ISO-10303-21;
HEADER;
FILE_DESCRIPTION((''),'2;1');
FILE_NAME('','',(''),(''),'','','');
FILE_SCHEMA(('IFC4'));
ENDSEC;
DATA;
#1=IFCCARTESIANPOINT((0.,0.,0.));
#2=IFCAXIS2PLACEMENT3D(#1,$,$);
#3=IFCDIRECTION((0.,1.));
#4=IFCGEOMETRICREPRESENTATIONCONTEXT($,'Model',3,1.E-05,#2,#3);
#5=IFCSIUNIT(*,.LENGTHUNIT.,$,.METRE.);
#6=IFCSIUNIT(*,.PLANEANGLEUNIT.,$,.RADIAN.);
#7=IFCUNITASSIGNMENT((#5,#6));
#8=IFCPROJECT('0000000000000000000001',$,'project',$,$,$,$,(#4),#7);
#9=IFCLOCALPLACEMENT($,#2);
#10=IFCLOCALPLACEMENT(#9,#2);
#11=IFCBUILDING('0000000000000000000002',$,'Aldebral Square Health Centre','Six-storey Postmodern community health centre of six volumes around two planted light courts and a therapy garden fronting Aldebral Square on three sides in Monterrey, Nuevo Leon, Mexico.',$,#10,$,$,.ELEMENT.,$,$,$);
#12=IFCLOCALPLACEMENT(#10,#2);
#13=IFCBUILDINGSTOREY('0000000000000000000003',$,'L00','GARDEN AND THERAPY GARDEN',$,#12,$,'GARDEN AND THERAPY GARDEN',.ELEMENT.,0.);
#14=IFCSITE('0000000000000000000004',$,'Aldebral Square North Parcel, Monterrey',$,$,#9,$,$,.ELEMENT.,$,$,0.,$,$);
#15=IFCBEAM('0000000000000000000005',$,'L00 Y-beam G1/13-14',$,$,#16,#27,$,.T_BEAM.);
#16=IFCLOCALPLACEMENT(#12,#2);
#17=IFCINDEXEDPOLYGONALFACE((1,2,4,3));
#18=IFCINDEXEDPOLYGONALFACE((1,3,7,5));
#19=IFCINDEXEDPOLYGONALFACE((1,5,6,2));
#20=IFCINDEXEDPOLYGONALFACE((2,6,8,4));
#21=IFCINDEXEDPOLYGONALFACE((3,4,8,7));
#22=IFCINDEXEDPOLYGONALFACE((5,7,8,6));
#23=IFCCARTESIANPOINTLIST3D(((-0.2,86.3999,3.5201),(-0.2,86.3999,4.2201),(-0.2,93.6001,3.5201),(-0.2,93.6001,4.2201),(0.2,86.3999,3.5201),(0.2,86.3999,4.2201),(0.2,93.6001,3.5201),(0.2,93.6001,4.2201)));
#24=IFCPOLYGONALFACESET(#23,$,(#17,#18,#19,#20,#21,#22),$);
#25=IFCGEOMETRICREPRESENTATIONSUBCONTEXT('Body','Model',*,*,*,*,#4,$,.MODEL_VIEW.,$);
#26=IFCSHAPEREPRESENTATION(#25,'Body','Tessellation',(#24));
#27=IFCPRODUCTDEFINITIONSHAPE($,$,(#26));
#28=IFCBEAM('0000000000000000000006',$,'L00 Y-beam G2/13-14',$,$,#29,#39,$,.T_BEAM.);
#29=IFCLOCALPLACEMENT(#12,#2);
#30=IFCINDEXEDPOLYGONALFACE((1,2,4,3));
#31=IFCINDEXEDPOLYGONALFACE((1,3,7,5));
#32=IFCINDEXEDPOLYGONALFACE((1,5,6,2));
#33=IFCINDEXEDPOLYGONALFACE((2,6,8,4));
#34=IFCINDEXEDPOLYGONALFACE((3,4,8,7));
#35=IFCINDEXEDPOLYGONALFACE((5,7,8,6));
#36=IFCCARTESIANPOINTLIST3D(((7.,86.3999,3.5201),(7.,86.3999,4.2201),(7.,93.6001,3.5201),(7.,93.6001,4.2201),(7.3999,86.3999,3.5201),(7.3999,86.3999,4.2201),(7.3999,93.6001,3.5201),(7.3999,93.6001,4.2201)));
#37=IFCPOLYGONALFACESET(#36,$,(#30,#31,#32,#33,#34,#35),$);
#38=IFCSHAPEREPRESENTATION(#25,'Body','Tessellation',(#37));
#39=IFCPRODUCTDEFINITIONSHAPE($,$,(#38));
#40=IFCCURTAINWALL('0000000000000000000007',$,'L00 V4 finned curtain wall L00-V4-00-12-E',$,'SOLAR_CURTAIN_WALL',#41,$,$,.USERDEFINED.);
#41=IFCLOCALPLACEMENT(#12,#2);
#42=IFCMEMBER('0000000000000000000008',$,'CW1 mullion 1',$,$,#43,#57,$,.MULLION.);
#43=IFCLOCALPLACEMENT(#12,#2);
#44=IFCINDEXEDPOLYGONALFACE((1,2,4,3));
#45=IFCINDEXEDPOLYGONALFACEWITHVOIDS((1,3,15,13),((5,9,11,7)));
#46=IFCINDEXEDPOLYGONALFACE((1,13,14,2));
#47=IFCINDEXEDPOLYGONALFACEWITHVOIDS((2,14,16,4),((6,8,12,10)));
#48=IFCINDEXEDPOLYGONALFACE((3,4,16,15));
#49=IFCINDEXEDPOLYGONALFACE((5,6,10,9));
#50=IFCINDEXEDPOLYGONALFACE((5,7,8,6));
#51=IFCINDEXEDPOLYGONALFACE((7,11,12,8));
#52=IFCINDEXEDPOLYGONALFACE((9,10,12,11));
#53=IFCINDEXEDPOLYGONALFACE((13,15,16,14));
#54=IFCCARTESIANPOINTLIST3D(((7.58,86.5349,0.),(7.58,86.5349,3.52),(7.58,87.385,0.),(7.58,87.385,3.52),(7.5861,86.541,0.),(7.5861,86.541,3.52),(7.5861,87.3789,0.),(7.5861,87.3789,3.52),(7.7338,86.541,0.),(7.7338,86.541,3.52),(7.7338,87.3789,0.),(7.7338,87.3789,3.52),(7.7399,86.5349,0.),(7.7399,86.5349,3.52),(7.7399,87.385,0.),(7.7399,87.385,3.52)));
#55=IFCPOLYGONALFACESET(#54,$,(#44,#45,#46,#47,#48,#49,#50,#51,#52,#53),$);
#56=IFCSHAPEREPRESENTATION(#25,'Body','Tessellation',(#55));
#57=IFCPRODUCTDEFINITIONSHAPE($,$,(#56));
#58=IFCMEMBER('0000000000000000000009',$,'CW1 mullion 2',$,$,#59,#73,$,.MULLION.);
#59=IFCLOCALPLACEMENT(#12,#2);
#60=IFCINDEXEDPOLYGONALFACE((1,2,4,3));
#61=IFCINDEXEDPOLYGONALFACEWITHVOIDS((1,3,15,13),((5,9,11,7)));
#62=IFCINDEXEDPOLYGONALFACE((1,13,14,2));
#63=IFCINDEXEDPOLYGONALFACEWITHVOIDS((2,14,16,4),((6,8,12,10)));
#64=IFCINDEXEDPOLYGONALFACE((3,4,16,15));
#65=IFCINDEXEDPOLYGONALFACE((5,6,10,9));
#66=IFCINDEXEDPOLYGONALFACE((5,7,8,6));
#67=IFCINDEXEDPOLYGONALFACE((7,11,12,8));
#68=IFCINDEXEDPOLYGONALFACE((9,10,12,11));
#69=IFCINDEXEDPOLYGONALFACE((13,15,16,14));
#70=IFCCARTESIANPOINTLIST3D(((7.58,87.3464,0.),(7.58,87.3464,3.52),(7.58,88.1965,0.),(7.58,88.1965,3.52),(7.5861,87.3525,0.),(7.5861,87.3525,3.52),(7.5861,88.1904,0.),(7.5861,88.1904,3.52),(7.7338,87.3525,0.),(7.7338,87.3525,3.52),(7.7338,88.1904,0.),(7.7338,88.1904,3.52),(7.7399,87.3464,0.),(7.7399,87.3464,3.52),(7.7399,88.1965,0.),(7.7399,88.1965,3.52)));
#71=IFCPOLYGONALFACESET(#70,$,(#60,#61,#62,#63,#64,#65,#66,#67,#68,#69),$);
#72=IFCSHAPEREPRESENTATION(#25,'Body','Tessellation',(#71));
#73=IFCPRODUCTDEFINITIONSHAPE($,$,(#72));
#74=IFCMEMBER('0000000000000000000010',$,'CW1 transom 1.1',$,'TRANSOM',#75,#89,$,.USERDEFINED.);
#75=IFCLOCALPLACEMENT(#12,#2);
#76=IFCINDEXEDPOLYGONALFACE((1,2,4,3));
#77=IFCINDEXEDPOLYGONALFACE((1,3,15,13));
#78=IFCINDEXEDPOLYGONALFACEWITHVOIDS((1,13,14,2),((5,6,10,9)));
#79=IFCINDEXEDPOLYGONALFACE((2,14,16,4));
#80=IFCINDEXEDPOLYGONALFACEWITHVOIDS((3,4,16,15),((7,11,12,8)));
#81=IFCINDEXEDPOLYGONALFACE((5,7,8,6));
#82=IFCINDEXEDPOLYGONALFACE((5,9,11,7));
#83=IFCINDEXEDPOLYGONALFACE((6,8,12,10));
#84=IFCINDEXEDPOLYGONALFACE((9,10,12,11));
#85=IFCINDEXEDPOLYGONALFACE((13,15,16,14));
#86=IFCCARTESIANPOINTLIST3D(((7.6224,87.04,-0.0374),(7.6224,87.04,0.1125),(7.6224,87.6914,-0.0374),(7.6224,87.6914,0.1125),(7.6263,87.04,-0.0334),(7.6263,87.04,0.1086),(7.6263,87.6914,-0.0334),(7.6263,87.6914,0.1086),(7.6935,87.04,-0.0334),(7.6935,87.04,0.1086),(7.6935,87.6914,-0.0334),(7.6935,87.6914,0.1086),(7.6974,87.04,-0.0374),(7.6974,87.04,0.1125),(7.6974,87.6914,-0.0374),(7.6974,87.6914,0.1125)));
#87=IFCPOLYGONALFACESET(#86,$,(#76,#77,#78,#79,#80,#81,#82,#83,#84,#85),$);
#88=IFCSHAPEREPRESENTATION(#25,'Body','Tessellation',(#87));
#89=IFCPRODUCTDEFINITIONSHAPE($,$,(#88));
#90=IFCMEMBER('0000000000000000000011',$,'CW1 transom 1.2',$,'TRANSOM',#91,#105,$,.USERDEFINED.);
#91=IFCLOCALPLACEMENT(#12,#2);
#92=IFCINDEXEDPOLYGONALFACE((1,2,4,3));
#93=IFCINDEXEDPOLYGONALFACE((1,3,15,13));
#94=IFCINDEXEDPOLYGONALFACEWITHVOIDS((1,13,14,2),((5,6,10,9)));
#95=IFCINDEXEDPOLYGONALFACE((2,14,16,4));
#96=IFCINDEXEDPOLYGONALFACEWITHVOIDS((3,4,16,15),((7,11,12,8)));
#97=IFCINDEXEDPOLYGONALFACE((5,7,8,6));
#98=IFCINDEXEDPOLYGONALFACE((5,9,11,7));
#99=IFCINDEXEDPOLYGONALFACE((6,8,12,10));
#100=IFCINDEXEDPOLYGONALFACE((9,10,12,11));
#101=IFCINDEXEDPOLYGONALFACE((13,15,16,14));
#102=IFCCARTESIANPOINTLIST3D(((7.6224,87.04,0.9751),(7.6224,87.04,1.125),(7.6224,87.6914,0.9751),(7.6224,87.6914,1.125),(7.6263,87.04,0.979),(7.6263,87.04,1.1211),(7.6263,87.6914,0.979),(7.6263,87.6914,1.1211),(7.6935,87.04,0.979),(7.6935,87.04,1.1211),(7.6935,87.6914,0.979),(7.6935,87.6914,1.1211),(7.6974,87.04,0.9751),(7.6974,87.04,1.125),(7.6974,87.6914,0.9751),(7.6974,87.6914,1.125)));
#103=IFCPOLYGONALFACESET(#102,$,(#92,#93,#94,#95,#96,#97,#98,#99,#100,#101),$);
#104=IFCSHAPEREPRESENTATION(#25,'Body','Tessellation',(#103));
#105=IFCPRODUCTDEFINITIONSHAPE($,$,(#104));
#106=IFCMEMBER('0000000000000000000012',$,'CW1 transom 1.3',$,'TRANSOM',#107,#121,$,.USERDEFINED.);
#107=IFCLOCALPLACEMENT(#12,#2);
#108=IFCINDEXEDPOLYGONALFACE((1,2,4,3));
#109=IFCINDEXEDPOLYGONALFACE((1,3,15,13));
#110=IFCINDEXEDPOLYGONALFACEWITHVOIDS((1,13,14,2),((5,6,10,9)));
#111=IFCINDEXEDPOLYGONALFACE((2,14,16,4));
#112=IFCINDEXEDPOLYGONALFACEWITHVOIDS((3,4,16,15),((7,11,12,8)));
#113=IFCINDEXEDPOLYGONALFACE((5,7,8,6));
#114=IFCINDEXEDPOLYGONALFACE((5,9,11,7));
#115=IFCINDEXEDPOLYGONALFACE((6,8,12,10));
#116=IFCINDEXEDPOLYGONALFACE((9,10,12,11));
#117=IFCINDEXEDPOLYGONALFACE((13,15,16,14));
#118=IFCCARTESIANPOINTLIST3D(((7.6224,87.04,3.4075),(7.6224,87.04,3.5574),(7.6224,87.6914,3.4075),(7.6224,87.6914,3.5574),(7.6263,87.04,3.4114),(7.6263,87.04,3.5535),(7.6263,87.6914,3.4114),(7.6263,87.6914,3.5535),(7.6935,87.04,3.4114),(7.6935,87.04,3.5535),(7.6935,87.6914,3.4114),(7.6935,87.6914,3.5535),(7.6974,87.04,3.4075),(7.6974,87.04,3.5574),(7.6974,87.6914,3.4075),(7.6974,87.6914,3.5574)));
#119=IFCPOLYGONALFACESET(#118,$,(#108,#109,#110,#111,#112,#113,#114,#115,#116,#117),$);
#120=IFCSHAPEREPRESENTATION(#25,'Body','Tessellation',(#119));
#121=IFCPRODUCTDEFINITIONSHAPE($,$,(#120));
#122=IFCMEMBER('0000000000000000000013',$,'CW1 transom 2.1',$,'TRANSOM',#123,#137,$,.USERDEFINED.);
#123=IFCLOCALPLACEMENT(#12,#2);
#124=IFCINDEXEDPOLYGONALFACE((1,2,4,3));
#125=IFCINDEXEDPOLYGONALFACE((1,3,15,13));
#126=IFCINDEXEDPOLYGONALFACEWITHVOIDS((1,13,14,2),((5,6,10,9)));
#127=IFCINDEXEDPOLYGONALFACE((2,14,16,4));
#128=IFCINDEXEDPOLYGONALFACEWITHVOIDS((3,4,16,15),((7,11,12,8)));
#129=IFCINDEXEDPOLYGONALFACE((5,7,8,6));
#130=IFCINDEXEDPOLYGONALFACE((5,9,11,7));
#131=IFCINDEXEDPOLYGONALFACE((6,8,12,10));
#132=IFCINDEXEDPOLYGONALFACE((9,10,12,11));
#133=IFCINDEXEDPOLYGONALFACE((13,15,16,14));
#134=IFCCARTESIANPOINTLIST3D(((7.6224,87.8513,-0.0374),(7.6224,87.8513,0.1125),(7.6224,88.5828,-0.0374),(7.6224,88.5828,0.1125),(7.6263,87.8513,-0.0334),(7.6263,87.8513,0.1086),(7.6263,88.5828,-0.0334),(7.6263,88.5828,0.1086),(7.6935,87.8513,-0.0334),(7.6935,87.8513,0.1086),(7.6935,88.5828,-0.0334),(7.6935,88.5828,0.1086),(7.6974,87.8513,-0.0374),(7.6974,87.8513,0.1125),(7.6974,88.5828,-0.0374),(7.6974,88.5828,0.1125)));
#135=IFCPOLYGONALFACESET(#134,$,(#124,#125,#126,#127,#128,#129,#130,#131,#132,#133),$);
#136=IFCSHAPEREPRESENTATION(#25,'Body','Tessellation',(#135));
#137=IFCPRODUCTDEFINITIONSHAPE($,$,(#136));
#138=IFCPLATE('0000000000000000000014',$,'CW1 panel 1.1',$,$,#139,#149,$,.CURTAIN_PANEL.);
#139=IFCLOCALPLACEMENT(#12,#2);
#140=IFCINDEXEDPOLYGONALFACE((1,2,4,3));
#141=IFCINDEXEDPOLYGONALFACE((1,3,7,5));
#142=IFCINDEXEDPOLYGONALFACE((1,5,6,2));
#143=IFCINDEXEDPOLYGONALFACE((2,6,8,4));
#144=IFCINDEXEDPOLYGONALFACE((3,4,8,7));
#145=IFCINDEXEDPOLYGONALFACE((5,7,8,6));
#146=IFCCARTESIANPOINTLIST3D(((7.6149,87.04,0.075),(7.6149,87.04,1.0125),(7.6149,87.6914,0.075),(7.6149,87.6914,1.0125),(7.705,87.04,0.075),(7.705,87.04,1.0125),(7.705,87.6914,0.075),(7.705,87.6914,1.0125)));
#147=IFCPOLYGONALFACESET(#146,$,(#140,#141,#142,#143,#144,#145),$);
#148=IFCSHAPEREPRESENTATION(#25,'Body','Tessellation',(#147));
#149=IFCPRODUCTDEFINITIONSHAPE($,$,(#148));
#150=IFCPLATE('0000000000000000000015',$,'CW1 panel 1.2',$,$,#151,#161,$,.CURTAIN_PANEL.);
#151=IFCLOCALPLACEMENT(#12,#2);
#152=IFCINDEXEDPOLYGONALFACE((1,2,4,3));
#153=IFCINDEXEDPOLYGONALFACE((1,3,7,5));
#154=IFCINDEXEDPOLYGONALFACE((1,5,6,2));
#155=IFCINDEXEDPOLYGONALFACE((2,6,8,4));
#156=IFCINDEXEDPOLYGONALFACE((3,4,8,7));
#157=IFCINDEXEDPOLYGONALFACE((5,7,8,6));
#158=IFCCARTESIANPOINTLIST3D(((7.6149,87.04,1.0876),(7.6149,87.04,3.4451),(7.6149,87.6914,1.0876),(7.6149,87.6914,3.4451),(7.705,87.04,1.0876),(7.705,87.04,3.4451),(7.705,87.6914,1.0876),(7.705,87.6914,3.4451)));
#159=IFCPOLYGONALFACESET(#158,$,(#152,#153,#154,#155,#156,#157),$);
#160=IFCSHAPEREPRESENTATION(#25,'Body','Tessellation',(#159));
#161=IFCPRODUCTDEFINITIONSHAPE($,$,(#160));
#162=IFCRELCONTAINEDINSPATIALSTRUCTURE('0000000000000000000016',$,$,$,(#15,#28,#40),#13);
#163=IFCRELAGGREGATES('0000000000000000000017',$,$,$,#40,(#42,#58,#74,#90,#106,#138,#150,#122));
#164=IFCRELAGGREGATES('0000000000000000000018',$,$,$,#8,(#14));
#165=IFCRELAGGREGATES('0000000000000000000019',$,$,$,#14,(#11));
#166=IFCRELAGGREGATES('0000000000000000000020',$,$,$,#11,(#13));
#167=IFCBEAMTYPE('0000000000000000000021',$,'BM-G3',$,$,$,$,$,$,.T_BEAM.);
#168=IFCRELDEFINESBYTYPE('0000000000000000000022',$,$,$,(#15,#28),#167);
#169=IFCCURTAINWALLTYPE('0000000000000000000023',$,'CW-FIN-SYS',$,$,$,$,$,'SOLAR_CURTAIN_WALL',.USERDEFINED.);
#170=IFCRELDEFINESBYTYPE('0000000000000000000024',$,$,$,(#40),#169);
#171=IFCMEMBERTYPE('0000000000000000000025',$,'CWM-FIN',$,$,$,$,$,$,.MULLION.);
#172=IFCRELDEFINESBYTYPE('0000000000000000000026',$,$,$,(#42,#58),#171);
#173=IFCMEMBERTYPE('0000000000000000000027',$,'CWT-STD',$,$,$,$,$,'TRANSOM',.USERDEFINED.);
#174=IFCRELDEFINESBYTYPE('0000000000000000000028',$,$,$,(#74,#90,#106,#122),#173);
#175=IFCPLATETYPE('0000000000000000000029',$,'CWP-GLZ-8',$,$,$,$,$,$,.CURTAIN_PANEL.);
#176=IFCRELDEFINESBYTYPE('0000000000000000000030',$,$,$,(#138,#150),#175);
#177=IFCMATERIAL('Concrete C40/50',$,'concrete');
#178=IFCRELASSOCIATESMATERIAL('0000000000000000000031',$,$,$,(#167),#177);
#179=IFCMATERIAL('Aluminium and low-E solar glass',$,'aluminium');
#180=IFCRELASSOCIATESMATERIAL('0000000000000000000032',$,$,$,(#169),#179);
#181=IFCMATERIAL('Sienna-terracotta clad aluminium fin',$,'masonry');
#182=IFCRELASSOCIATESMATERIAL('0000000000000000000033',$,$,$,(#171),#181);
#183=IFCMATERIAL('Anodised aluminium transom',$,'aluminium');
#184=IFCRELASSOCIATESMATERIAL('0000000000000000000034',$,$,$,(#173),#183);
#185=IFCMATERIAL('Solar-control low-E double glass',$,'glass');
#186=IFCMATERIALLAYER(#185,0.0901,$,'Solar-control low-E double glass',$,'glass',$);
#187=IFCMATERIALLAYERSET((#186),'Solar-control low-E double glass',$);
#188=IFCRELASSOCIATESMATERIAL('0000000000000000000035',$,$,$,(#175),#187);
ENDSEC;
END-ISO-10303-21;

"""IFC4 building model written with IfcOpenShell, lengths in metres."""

from ifc_helpers import new_model, si_unit, direction, frame, origin, origin_2d, place, context, subcontext, project, spatial, rectangle, hollow_rectangle, extrude, material, layer, layer_set, material_profile, profile_set, type_object, element, aggregate, save


model = new_model("IFC4")

# Units and contexts
model_context = context("Model", 3, precision=1e-05, world=origin(), true_north=direction((0.0, 1.0)))
body_context = subcontext(model_context, "Body", "Model", "MODEL_VIEW")
ifc_project = project(units=[si_unit("LENGTHUNIT", "METRE"), si_unit("PLANEANGLEUNIT", "RADIAN")], contexts=[model_context])

# Site, building, storey
site_placement = place(None, origin())
site = spatial("IfcSite", under=ifc_project, at=site_placement, Name="Aldebral Square North Parcel, Monterrey", CompositionType="ELEMENT", RefElevation=0.0)
building_placement = place(site_placement, origin())
building = spatial("IfcBuilding", under=site, at=building_placement, Name="Aldebral Square Health Centre", Description="Six-storey Postmodern community health centre of six volumes around two planted light courts and a therapy garden fronting Aldebral Square on three sides in Monterrey, Nuevo Leon, Mexico.", CompositionType="ELEMENT")
storey_placement = place(building_placement, origin())
storey = spatial("IfcBuildingStorey", under=building, at=storey_placement, Name="L00", Description="GARDEN AND THERAPY GARDEN", LongName="GARDEN AND THERAPY GARDEN", CompositionType="ELEMENT", Elevation=0.0)

# Shared definitions
ifc_material_1 = material(Name="Concrete C40/50", Category="concrete")

# Beams
ifc_material_profile_1 = material_profile(ifc_material_1, rectangle(XDim=0.3999, YDim=0.7, at=origin_2d()), Name="RC 400x700")
ifc_profile_set_1 = profile_set([ifc_material_profile_1], Name="Concrete C40/50")
beam_type_1 = type_object("IfcBeamType", Name="BM-G3", PredefinedType="T_BEAM", material=ifc_profile_set_1)
for number, where, z_axis, x_axis, name in (
    (1, (0.0, 86.3999, 3.8701), (0.0, 1.0, 0.0), (-1.0, 0.0, 0.0), "L00 Y-beam G1/13-14"),
    (2, (7.2, 86.3999, 3.8701), (0.0, 1.0, 0.0), (-1.0, 0.0, 0.0), "L00 Y-beam G2/13-14"),
):
    element("IfcBeam", number, at=place(storey_placement, frame(where, z_axis=z_axis, x_axis=x_axis)), inside=storey, type_object=beam_type_1, Name=name, PredefinedType="T_BEAM", context=body_context, shape_type="SweptSolid", body=[
        extrude(rectangle(XDim=0.3999, YDim=0.7, at=origin_2d()), origin(), (0.0, 0.0, 1.0), 7.2002),
    ])

# Curtain wall, members, plates
ifc_material_2 = material(Name="Aluminium and low-E solar glass", Category="aluminium")
curtain_wall_type = type_object("IfcCurtainWallType", Name="CW-FIN-SYS", ElementType="SOLAR_CURTAIN_WALL", PredefinedType="USERDEFINED", material=ifc_material_2)
curtain_wall_placement = place(storey_placement, origin())
curtain_wall = element("IfcCurtainWall", 3, at=curtain_wall_placement, inside=storey, type_object=curtain_wall_type, Name="L00 V4 finned curtain wall L00-V4-00-12-E", ObjectType="SOLAR_CURTAIN_WALL", PredefinedType="USERDEFINED")
ifc_material_3 = material(Name="Sienna-terracotta clad aluminium fin", Category="masonry")
ifc_material_profile_2 = material_profile(ifc_material_3, hollow_rectangle(XDim=0.1599, YDim=0.8501, WallThickness=0.0061, at=origin_2d()), Name="FIN 160x850x6")
ifc_profile_set_2 = profile_set([ifc_material_profile_2], Name="Sienna-terracotta clad aluminium fin")
member_type_1 = type_object("IfcMemberType", Name="CWM-FIN", PredefinedType="MULLION", material=ifc_profile_set_2)
member_1_placement = place(storey_placement, frame((7.6599, 86.96, 0.0), z_axis=(0.0, 0.0, 1.0), x_axis=(-1.0, 0.0, 0.0)))
member_1 = element("IfcMember", 4, at=member_1_placement, type_object=member_type_1, Name="CW1 mullion 1", PredefinedType="MULLION", context=body_context, shape_type="SweptSolid", body=[
    extrude(hollow_rectangle(XDim=0.1599, YDim=0.8501, WallThickness=0.0061, at=origin_2d()), origin(), (0.0, 0.0, 1.0), 3.52),
])
member_2_placement = place(storey_placement, frame((7.6599, 87.7715, 0.0), z_axis=(0.0, 0.0, 1.0), x_axis=(-1.0, 0.0, 0.0)))
member_2 = element("IfcMember", 5, at=member_2_placement, type_object=member_type_1, Name="CW1 mullion 2", PredefinedType="MULLION", context=body_context, shape_type="SweptSolid", body=[
    extrude(hollow_rectangle(XDim=0.1599, YDim=0.8501, WallThickness=0.0061, at=origin_2d()), origin(), (0.0, 0.0, 1.0), 3.52),
])
ifc_material_4 = material(Name="Anodised aluminium transom", Category="aluminium")
ifc_material_profile_3 = material_profile(ifc_material_4, hollow_rectangle(XDim=0.075, YDim=0.1499, WallThickness=0.0039, at=origin_2d()), Name="CWT 75x150x4")
ifc_profile_set_3 = profile_set([ifc_material_profile_3], Name="Anodised aluminium transom")
member_type_2 = type_object("IfcMemberType", Name="CWT-STD", ElementType="TRANSOM", PredefinedType="USERDEFINED", material=ifc_profile_set_3)
member_3_placement = place(storey_placement, frame((7.6599, 87.04, 0.0376), z_axis=(0.0, 1.0, 0.0), x_axis=(-1.0, 0.0, 0.0)))
member_3 = element("IfcMember", 6, at=member_3_placement, type_object=member_type_2, Name="CW1 transom 1.1", ObjectType="TRANSOM", PredefinedType="USERDEFINED", context=body_context, shape_type="SweptSolid", body=[
    extrude(hollow_rectangle(XDim=0.075, YDim=0.1499, WallThickness=0.0039, at=origin_2d()), origin(), (0.0, 0.0, 1.0), 0.6514),
])
member_4_placement = place(storey_placement, frame((7.6599, 87.04, 1.05), z_axis=(0.0, 1.0, 0.0), x_axis=(-1.0, 0.0, 0.0)))
member_4 = element("IfcMember", 7, at=member_4_placement, type_object=member_type_2, Name="CW1 transom 1.2", ObjectType="TRANSOM", PredefinedType="USERDEFINED", context=body_context, shape_type="SweptSolid", body=[
    extrude(hollow_rectangle(XDim=0.075, YDim=0.1499, WallThickness=0.0039, at=origin_2d()), origin(), (0.0, 0.0, 1.0), 0.6514),
])
member_5_placement = place(storey_placement, frame((7.6599, 87.04, 3.4824), z_axis=(0.0, 1.0, 0.0), x_axis=(-1.0, 0.0, 0.0)))
member_5 = element("IfcMember", 8, at=member_5_placement, type_object=member_type_2, Name="CW1 transom 1.3", ObjectType="TRANSOM", PredefinedType="USERDEFINED", context=body_context, shape_type="SweptSolid", body=[
    extrude(hollow_rectangle(XDim=0.075, YDim=0.1499, WallThickness=0.0039, at=origin_2d()), origin(), (0.0, 0.0, 1.0), 0.6514),
])
member_6_placement = place(storey_placement, frame((7.6599, 87.8513, 0.0376), z_axis=(0.0, 1.0, 0.0), x_axis=(-1.0, 0.0, 0.0)))
member_6 = element("IfcMember", 9, at=member_6_placement, type_object=member_type_2, Name="CW1 transom 2.1", ObjectType="TRANSOM", PredefinedType="USERDEFINED", context=body_context, shape_type="SweptSolid", body=[
    extrude(hollow_rectangle(XDim=0.075, YDim=0.1499, WallThickness=0.0039, at=origin_2d()), origin(), (0.0, 0.0, 1.0), 0.7314),
])
ifc_material_5 = material(Name="Solar-control low-E double glass", Category="glass")
ifc_layer_1 = layer(ifc_material_5, 0.0901, Name="Solar-control low-E double glass", Category="glass")
ifc_layer_set_1 = layer_set([ifc_layer_1], Name="Solar-control low-E double glass")
plate_type = type_object("IfcPlateType", Name="CWP-GLZ-8", PredefinedType="CURTAIN_PANEL", material=ifc_layer_set_1)
plate_1_placement = place(storey_placement, frame((7.6599, 87.3657, 0.075), z_axis=(0.0, 0.0, 1.0), x_axis=(0.0, 1.0, 0.0)))
plate_1 = element("IfcPlate", 10, at=plate_1_placement, type_object=plate_type, Name="CW1 panel 1.1", PredefinedType="CURTAIN_PANEL", context=body_context, shape_type="SweptSolid", body=[
    extrude(rectangle(XDim=0.6514, YDim=0.0901, at=origin_2d()), origin(), (0.0, 0.0, 1.0), 0.9375),
])
plate_2_placement = place(storey_placement, frame((7.6599, 87.3657, 1.0876), z_axis=(0.0, 0.0, 1.0), x_axis=(0.0, 1.0, 0.0)))
plate_2 = element("IfcPlate", 11, at=plate_2_placement, type_object=plate_type, Name="CW1 panel 1.2", PredefinedType="CURTAIN_PANEL", context=body_context, shape_type="SweptSolid", body=[
    extrude(rectangle(XDim=0.6514, YDim=0.0901, at=origin_2d()), origin(), (0.0, 0.0, 1.0), 2.3574),
])
aggregate(curtain_wall, [member_1, member_2, member_3, member_4, member_5, plate_1, plate_2, member_6])

save(model, "model.ifc")
